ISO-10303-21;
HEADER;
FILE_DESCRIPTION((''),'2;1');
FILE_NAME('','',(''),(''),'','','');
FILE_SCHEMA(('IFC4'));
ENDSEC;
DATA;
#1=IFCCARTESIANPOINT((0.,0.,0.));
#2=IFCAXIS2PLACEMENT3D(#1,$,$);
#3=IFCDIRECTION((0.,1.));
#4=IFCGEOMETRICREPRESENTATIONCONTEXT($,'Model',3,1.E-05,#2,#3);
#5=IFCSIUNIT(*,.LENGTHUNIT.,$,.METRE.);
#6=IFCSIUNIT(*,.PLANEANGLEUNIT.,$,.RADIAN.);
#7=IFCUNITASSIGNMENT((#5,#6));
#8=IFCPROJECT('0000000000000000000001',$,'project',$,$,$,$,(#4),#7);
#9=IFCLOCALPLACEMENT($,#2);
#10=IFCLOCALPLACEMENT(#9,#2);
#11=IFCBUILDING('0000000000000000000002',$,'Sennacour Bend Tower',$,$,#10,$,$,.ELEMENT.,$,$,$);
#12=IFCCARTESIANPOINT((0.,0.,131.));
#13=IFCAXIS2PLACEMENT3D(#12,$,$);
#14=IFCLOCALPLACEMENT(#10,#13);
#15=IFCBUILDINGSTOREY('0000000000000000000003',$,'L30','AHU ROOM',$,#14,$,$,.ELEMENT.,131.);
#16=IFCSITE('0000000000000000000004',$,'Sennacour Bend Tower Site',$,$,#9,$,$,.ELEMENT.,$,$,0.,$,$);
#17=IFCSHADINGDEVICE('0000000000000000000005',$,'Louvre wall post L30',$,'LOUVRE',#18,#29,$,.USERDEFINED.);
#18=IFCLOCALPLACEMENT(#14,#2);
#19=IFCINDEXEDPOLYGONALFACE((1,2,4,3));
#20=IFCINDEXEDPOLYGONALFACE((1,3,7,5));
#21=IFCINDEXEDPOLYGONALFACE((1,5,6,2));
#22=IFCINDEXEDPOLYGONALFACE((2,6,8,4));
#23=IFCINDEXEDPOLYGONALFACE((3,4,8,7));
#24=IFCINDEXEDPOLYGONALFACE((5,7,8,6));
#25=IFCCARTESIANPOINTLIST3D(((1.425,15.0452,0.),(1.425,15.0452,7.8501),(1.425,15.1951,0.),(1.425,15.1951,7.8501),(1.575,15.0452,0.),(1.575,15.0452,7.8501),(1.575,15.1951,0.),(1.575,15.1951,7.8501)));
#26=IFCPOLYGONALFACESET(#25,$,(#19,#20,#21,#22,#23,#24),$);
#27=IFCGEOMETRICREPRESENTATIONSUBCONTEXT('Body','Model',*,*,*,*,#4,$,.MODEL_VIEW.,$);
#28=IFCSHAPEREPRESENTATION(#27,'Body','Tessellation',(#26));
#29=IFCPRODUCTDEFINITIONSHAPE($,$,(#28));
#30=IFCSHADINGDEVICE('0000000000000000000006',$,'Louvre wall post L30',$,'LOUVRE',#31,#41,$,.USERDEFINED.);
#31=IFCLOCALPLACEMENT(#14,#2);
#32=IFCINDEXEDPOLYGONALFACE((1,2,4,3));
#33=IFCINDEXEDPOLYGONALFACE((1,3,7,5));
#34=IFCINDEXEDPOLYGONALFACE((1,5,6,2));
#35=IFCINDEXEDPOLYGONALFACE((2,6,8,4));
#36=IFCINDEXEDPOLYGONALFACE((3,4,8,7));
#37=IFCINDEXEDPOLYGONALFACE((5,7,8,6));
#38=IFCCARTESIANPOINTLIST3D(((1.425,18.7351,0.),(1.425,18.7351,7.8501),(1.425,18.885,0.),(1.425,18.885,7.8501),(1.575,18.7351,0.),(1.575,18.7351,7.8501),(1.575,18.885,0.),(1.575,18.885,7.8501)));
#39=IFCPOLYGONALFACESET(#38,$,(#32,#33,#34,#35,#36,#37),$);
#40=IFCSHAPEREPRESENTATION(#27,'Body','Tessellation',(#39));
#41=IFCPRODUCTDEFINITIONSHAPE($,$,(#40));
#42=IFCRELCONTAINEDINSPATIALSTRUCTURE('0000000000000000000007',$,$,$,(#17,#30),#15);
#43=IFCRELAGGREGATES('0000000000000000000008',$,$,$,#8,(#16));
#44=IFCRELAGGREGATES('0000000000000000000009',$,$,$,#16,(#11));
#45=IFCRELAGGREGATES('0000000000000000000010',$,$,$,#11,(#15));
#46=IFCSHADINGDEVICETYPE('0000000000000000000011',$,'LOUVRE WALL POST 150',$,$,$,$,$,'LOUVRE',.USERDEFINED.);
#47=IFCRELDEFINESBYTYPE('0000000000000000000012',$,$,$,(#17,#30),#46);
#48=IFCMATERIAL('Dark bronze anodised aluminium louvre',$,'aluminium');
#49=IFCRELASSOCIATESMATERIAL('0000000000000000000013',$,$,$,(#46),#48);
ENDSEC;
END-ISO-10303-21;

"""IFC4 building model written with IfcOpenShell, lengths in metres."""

from ifc_helpers import new_model, si_unit, direction, frame, origin, origin_2d, place, context, subcontext, project, spatial, rectangle, extrude, material, type_object, element, save


model = new_model("IFC4")

# Units and contexts
model_context = context("Model", 3, precision=1e-05, world=origin(), true_north=direction((0.0, 1.0)))
body_context = subcontext(model_context, "Body", "Model", "MODEL_VIEW")
ifc_project = project(units=[si_unit("LENGTHUNIT", "METRE"), si_unit("PLANEANGLEUNIT", "RADIAN")], contexts=[model_context])

# Site, building, storey
site_placement = place(None, origin())
site = spatial("IfcSite", under=ifc_project, at=site_placement, Name="Sennacour Bend Tower Site", CompositionType="ELEMENT", RefElevation=0.0)
building_placement = place(site_placement, origin())
building = spatial("IfcBuilding", under=site, at=building_placement, Name="Sennacour Bend Tower", CompositionType="ELEMENT")
storey_placement = place(building_placement, frame((0.0, 0.0, 131.0)))
storey = spatial("IfcBuildingStorey", under=building, at=storey_placement, Name="L30", Description="AHU ROOM", CompositionType="ELEMENT", Elevation=131.0)

# Shading devices
ifc_material_1 = material(Name="Dark bronze anodised aluminium louvre", Category="aluminium")
shading_device_type_1 = type_object("IfcShadingDeviceType", Name="LOUVRE WALL POST 150", ElementType="LOUVRE", PredefinedType="USERDEFINED", material=ifc_material_1)
for number, where, z_axis, x_axis, name in (
    (1, (1.5, 15.1201, 0.0), (0.0, 0.0, 1.0), (1.0, 0.0, 0.0), "Louvre wall post L30"),
    (2, (1.5, 18.8101, 0.0), (0.0, 0.0, 1.0), (1.0, 0.0, 0.0), "Louvre wall post L30"),
):
    element("IfcShadingDevice", number, at=place(storey_placement, frame(where, z_axis=z_axis, x_axis=x_axis)), inside=storey, type_object=shading_device_type_1, Name=name, ObjectType="LOUVRE", PredefinedType="USERDEFINED", context=body_context, shape_type="SweptSolid", body=[
        extrude(rectangle(XDim=0.1499, YDim=0.1499, at=origin_2d()), origin(), (0.0, 0.0, 1.0), 7.8501),
    ])

save(model, "model.ifc")
